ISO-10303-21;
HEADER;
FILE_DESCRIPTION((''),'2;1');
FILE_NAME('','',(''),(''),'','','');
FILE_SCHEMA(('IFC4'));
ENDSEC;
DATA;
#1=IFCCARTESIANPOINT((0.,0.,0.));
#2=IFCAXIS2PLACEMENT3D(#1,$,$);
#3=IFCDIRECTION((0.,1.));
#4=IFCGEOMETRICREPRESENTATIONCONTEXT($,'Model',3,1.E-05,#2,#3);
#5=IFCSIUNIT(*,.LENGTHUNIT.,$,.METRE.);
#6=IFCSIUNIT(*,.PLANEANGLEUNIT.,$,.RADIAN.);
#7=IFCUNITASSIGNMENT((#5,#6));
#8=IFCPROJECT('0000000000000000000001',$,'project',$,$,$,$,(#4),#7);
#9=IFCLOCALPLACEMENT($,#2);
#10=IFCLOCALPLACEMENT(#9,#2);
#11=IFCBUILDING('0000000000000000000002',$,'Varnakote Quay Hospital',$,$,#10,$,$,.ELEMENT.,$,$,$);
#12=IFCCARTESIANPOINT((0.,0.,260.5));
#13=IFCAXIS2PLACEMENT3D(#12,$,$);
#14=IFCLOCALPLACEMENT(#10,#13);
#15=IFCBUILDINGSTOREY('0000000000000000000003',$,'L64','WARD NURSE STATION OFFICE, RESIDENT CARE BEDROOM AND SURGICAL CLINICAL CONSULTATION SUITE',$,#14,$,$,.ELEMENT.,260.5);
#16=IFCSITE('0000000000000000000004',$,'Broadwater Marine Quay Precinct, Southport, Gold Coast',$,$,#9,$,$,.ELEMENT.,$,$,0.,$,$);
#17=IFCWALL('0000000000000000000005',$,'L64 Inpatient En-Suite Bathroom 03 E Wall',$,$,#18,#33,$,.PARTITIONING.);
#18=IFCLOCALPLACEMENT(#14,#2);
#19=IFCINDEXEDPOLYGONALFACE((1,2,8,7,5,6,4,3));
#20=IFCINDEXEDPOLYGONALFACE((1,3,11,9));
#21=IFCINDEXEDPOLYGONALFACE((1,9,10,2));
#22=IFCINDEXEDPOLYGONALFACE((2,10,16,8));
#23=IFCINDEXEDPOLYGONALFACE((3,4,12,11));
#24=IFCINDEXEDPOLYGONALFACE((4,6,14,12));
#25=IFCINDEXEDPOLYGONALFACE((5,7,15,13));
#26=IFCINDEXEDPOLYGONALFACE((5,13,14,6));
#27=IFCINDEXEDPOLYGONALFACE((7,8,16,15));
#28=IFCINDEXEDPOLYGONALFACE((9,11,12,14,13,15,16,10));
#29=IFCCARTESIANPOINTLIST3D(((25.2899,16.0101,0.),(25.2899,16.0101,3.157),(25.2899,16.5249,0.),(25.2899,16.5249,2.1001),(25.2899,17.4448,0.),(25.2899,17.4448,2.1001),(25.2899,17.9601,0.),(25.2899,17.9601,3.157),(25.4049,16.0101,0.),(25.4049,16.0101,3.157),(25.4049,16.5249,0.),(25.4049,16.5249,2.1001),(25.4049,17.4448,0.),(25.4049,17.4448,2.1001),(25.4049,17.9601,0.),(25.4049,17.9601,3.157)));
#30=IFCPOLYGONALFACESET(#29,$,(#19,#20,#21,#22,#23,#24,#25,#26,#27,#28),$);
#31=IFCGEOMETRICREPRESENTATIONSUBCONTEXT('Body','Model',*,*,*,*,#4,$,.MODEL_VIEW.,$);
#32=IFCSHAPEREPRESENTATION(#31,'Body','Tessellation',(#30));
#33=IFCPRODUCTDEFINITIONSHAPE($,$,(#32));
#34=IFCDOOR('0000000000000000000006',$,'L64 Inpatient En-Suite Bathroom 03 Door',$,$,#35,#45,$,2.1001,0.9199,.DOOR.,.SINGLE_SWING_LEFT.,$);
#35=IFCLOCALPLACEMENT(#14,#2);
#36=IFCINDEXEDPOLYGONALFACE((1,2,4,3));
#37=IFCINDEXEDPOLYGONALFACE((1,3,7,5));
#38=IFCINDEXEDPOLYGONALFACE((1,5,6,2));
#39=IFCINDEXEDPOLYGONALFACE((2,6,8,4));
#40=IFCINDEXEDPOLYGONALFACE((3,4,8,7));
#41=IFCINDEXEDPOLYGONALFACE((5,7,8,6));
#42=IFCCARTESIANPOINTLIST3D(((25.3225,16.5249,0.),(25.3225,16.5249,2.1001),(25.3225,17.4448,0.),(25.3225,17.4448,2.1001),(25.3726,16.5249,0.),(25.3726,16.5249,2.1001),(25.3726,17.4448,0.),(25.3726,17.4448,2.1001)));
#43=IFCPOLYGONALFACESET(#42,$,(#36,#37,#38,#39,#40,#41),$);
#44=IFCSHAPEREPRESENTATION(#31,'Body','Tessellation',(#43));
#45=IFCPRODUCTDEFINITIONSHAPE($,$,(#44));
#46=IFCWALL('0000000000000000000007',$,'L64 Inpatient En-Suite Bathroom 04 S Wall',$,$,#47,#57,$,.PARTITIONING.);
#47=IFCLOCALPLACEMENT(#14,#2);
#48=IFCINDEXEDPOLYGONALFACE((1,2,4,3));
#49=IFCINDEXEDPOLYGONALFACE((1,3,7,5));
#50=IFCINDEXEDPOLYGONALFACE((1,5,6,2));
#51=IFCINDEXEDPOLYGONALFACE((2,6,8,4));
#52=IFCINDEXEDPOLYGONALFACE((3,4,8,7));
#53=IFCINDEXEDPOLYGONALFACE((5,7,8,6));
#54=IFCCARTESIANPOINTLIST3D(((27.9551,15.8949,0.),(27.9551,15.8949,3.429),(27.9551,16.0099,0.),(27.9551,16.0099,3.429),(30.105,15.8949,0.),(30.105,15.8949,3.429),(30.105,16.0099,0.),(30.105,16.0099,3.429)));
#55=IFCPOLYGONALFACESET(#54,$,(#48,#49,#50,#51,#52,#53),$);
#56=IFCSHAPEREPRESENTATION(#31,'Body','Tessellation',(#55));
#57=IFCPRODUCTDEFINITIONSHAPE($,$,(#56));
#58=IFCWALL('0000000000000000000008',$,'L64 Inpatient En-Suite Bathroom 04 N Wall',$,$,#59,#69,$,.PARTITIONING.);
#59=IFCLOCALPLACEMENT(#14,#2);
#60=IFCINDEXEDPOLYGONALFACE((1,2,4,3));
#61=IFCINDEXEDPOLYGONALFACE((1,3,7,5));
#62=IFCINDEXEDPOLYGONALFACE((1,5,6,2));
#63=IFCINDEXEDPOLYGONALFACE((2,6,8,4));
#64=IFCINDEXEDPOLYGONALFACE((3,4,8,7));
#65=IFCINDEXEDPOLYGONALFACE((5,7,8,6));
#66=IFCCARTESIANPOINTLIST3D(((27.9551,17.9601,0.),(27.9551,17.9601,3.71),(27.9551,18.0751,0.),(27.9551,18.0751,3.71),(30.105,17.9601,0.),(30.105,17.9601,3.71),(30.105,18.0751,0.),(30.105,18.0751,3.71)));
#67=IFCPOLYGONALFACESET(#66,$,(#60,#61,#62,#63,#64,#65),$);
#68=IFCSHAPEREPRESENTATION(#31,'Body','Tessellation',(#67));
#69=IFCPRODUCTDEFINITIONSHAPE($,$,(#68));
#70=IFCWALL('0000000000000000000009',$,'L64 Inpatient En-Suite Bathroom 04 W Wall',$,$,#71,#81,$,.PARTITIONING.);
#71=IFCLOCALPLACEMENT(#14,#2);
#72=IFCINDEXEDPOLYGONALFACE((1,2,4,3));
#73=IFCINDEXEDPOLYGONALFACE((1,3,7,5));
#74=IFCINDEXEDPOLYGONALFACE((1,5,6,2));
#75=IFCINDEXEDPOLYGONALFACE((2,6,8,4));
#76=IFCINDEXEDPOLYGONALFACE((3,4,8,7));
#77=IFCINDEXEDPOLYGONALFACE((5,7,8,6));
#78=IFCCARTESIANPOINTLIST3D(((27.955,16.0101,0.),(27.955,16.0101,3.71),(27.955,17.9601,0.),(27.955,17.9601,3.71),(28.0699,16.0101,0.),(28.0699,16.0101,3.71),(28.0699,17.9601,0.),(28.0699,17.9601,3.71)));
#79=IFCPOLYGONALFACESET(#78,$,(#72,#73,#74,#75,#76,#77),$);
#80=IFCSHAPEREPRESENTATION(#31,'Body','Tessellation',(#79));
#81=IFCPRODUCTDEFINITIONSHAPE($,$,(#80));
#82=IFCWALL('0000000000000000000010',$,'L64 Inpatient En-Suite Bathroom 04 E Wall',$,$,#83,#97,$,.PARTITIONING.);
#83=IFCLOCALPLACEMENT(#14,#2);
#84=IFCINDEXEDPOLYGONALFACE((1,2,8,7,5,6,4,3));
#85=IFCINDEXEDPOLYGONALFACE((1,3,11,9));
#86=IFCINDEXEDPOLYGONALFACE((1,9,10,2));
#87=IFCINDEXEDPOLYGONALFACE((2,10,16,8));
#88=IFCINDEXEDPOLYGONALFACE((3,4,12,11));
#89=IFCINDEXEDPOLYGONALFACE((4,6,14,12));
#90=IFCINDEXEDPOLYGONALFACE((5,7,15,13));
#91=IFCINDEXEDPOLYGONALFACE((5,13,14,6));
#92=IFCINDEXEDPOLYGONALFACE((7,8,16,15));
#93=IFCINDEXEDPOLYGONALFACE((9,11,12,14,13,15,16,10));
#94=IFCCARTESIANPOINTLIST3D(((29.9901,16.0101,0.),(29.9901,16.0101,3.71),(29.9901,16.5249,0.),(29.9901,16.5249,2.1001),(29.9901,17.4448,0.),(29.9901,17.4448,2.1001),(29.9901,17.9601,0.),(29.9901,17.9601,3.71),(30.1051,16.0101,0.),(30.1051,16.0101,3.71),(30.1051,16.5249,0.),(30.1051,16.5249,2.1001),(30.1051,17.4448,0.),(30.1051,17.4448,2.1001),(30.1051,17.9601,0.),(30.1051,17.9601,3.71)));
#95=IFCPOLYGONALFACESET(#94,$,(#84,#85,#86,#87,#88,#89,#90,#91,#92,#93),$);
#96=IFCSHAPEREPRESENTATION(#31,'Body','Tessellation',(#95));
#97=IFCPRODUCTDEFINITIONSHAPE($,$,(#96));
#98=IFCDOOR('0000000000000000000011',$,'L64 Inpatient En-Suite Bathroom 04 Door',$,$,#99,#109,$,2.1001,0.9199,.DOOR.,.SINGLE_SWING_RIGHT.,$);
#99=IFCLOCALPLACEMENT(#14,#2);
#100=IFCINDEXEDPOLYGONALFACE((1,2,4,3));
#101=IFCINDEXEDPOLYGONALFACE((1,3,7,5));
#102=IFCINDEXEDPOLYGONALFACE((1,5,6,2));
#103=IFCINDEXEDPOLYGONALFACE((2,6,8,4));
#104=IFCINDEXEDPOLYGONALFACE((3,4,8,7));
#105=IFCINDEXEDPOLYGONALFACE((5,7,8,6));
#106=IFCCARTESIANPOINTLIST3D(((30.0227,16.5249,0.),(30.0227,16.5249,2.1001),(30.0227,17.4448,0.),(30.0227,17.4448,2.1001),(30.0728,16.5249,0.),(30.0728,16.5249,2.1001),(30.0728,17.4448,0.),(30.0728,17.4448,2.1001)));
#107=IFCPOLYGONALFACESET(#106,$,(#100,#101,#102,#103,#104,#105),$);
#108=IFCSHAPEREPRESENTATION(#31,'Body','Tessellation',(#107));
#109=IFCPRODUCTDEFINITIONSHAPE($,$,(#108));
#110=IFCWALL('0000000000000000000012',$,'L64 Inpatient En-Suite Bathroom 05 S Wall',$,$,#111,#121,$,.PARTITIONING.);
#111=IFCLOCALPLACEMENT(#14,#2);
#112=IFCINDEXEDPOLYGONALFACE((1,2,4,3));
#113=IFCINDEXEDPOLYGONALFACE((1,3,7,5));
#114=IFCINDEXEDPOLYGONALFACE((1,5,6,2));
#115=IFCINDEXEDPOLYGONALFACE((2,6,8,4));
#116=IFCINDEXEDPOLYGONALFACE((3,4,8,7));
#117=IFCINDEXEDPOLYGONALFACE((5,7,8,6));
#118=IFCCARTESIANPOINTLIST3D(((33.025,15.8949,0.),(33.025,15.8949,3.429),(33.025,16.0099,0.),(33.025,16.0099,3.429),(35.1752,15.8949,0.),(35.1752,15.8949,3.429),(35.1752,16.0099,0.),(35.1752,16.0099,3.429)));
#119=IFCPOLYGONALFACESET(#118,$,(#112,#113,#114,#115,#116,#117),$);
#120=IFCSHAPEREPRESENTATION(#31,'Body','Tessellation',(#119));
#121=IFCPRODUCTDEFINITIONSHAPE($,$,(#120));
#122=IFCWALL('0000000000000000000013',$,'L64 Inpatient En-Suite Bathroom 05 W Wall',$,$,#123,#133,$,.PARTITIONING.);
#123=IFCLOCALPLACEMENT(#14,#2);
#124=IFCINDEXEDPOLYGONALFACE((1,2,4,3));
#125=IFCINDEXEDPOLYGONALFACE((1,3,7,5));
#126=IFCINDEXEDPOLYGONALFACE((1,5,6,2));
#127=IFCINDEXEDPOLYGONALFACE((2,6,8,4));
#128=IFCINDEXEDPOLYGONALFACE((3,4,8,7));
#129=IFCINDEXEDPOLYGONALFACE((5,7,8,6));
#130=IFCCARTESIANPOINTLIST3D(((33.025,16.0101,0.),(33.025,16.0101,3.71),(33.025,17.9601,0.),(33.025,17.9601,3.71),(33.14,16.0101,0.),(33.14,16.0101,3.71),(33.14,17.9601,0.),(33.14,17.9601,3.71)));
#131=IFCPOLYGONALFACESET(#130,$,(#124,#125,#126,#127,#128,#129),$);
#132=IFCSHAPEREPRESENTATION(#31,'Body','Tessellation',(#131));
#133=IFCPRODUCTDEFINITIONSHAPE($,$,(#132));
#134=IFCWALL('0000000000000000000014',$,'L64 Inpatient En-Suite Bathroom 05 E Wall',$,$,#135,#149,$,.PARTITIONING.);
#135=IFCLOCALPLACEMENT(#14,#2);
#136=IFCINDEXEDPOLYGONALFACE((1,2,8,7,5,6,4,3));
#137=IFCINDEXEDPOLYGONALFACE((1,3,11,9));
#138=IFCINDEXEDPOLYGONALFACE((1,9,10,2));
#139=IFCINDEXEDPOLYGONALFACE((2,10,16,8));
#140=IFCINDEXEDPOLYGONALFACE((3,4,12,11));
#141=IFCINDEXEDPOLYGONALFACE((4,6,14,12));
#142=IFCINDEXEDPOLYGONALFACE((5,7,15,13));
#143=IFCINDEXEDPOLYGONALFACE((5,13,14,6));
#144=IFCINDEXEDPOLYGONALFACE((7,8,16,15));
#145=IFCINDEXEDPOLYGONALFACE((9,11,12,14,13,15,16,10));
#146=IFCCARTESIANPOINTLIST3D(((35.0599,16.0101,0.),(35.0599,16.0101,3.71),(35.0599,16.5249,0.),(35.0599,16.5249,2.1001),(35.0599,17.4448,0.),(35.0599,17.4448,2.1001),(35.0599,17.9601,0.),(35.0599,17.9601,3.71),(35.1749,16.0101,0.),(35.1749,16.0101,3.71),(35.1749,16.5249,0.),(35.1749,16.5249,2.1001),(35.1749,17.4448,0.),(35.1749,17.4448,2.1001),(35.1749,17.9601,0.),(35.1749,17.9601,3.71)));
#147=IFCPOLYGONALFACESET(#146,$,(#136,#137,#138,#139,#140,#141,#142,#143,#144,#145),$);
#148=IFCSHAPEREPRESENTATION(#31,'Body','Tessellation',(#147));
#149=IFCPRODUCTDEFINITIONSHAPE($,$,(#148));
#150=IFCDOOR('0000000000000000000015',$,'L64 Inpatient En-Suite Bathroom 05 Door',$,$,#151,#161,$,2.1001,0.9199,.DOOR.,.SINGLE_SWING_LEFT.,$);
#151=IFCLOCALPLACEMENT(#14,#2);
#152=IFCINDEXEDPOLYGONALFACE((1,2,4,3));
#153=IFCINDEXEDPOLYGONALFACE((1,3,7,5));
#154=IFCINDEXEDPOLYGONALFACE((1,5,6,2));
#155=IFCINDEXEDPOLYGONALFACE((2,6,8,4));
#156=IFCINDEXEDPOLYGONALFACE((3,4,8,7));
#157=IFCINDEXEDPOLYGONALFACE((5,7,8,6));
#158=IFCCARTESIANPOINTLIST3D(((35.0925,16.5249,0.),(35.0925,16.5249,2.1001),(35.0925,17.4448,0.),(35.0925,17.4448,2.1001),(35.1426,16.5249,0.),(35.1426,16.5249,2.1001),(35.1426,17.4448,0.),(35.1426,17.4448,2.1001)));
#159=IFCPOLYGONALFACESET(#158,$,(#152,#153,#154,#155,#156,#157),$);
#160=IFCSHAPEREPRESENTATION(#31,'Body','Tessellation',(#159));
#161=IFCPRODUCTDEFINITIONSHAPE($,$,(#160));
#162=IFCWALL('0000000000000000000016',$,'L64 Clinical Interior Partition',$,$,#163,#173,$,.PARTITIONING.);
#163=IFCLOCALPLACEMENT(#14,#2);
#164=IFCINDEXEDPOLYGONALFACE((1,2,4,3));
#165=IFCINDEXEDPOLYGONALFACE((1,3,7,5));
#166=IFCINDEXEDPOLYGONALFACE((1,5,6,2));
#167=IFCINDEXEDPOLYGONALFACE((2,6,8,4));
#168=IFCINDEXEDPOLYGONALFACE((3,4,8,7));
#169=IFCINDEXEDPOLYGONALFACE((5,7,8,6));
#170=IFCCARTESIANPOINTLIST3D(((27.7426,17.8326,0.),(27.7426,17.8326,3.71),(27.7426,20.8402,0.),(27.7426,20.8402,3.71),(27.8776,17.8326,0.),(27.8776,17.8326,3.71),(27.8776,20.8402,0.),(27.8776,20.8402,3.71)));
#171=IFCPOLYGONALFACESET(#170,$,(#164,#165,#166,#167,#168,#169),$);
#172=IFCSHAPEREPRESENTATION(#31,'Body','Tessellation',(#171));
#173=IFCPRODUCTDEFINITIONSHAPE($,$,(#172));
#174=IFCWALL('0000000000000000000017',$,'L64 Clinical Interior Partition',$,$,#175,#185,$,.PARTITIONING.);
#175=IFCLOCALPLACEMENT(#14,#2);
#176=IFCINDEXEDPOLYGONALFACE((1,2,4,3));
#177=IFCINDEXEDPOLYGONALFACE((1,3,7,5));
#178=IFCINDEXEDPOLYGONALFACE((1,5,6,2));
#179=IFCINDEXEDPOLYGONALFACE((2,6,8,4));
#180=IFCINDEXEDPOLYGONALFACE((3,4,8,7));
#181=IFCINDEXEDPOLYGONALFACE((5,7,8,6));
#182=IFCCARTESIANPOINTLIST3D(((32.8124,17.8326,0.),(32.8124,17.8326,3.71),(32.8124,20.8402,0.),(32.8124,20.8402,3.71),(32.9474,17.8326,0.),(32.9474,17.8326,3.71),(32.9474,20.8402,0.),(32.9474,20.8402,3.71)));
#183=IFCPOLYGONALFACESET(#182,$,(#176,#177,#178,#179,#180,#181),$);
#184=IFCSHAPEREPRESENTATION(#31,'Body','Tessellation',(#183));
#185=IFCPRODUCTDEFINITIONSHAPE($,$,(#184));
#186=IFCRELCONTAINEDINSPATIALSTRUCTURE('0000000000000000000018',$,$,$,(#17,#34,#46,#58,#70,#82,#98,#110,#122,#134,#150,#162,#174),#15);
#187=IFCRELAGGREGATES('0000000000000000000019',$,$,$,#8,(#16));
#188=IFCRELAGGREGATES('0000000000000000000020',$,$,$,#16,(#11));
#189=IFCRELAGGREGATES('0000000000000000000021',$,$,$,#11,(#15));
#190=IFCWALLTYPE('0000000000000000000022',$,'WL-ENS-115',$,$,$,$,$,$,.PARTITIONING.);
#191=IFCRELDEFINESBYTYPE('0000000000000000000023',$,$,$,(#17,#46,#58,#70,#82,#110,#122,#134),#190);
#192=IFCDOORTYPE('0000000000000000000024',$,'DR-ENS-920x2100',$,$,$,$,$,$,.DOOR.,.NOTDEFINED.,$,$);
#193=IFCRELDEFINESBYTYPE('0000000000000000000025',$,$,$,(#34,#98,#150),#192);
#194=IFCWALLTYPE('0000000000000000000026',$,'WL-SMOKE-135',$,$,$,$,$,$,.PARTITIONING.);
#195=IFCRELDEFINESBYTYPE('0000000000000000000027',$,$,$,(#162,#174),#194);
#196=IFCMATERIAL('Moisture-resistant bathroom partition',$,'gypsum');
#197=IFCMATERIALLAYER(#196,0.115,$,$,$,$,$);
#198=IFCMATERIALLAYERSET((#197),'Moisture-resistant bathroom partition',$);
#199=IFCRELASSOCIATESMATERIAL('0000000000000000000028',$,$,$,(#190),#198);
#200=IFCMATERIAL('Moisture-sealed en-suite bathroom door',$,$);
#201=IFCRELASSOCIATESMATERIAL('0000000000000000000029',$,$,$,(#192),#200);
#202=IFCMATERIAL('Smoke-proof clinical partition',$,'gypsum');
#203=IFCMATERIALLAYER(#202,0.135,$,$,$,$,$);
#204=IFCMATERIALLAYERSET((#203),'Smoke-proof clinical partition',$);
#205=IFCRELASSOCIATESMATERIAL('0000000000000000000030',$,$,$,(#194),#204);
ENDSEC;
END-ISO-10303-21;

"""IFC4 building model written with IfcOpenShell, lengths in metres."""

from ifc_helpers import new_model, si_unit, direction, frame, frame_2d, origin, place, context, subcontext, project, spatial, rectangle, extrude, material, layer, layer_set, type_object, element, fill, save


model = new_model("IFC4")

# Units and contexts
model_context = context("Model", 3, precision=1e-05, world=origin(), true_north=direction((0.0, 1.0)))
body_context = subcontext(model_context, "Body", "Model", "MODEL_VIEW")
ifc_project = project(units=[si_unit("LENGTHUNIT", "METRE"), si_unit("PLANEANGLEUNIT", "RADIAN")], contexts=[model_context])

# Site, building, storey
site_placement = place(None, origin())
site = spatial("IfcSite", under=ifc_project, at=site_placement, Name="Broadwater Marine Quay Precinct, Southport, Gold Coast", CompositionType="ELEMENT", RefElevation=0.0)
building_placement = place(site_placement, origin())
building = spatial("IfcBuilding", under=site, at=building_placement, Name="Varnakote Quay Hospital", CompositionType="ELEMENT")
storey_placement = place(building_placement, frame((0.0, 0.0, 260.5)))
storey = spatial("IfcBuildingStorey", under=building, at=storey_placement, Name="L64", Description="WARD NURSE STATION OFFICE, RESIDENT CARE BEDROOM AND SURGICAL CLINICAL CONSULTATION SUITE", CompositionType="ELEMENT", Elevation=260.5)

# Wall, opening, door
ifc_material_1 = material(Name="Moisture-resistant bathroom partition", Category="gypsum")
ifc_layer_1 = layer(ifc_material_1, 0.115)
ifc_layer_set_1 = layer_set([ifc_layer_1], Name="Moisture-resistant bathroom partition")
wall_type_1 = type_object("IfcWallType", Name="WL-ENS-115", PredefinedType="PARTITIONING", material=ifc_layer_set_1)
wall_1_placement = place(storey_placement, frame((25.3474, 16.01, 0.0), z_axis=(0.0, 0.0, 1.0), x_axis=(0.0, 1.0, 0.0)))
wall_1 = element("IfcWall", 1, at=wall_1_placement, inside=storey, type_object=wall_type_1, Name="L64 Inpatient En-Suite Bathroom 03 E Wall", PredefinedType="PARTITIONING", context=body_context, shape_type="SweptSolid", body=[
    extrude(rectangle(XDim=1.95, YDim=0.115, at=frame_2d((0.9751, 0.0))), origin(), (0.0, 0.0, 1.0), 3.157),
])
opening_1_placement = place(wall_1_placement, frame((0.5149, 0.0, 0.0)))
opening_1 = element("IfcOpeningElement", 2, at=opening_1_placement, cuts=wall_1, PredefinedType="OPENING", context=body_context, shape_type="SweptSolid", body=[
    extrude(rectangle(XDim=0.9199, YDim=2.1001, at=frame_2d((0.46, 1.05))), frame((0.0, 0.0674, 0.0), z_axis=(0.0, -1.0, 0.0), x_axis=(1.0, 0.0, 0.0)), (0.0, 0.0, 1.0), 0.135),
])
ifc_material_2 = material(Name="Moisture-sealed en-suite bathroom door")
door_type_1 = type_object("IfcDoorType", Name="DR-ENS-920x2100", OperationType="NOTDEFINED", PredefinedType="DOOR", material=ifc_material_2)
door_1_placement = place(opening_1_placement, origin())
door_1 = element("IfcDoor", 3, at=door_1_placement, inside=storey, type_object=door_type_1, Name="L64 Inpatient En-Suite Bathroom 03 Door", OperationType="SINGLE_SWING_LEFT", OverallHeight=2.1001, OverallWidth=0.9199, PredefinedType="DOOR", context=body_context, shape_type="SweptSolid", body=[
    extrude(rectangle(XDim=0.9199, YDim=2.1001, at=frame_2d((0.46, 1.05))), frame((0.0, 0.0249, 0.0), z_axis=(0.0, -1.0, 0.0), x_axis=(1.0, 0.0, 0.0)), (0.0, 0.0, 1.0), 0.05),
])
fill(opening_1, door_1)

# Walls
wall_2_placement = place(storey_placement, frame((27.9551, 15.9524, 0.0), z_axis=(0.0, 0.0, 1.0), x_axis=(1.0, 0.0, 0.0)))
element("IfcWall", 4, at=wall_2_placement, inside=storey, type_object=wall_type_1, Name="L64 Inpatient En-Suite Bathroom 04 S Wall", PredefinedType="PARTITIONING", context=body_context, shape_type="SweptSolid", body=[
    extrude(rectangle(XDim=2.1499, YDim=0.115, at=frame_2d((1.075, 0.0))), origin(), (0.0, 0.0, 1.0), 3.429),
])
wall_3_placement = place(storey_placement, frame((27.9551, 18.0176, 0.0), z_axis=(0.0, 0.0, 1.0), x_axis=(1.0, 0.0, 0.0)))
element("IfcWall", 5, at=wall_3_placement, inside=storey, type_object=wall_type_1, Name="L64 Inpatient En-Suite Bathroom 04 N Wall", PredefinedType="PARTITIONING", context=body_context, shape_type="SweptSolid", body=[
    extrude(rectangle(XDim=2.1499, YDim=0.115, at=frame_2d((1.075, 0.0))), origin(), (0.0, 0.0, 1.0), 3.71),
])
wall_4_placement = place(storey_placement, frame((28.0125, 16.01, 0.0), z_axis=(0.0, 0.0, 1.0), x_axis=(0.0, 1.0, 0.0)))
element("IfcWall", 6, at=wall_4_placement, inside=storey, type_object=wall_type_1, Name="L64 Inpatient En-Suite Bathroom 04 W Wall", PredefinedType="PARTITIONING", context=body_context, shape_type="SweptSolid", body=[
    extrude(rectangle(XDim=1.95, YDim=0.115, at=frame_2d((0.9751, 0.0))), origin(), (0.0, 0.0, 1.0), 3.71),
])

# Wall, opening, door
wall_5_placement = place(storey_placement, frame((30.0476, 16.01, 0.0), z_axis=(0.0, 0.0, 1.0), x_axis=(0.0, 1.0, 0.0)))
wall_5 = element("IfcWall", 7, at=wall_5_placement, inside=storey, type_object=wall_type_1, Name="L64 Inpatient En-Suite Bathroom 04 E Wall", PredefinedType="PARTITIONING", context=body_context, shape_type="SweptSolid", body=[
    extrude(rectangle(XDim=1.95, YDim=0.115, at=frame_2d((0.9751, 0.0))), origin(), (0.0, 0.0, 1.0), 3.71),
])
opening_2_placement = place(wall_5_placement, frame((0.5149, 0.0, 0.0)))
opening_2 = element("IfcOpeningElement", 8, at=opening_2_placement, cuts=wall_5, PredefinedType="OPENING", context=body_context, shape_type="SweptSolid", body=[
    extrude(rectangle(XDim=0.9199, YDim=2.1001, at=frame_2d((0.46, 1.05))), frame((0.0, 0.0674, 0.0), z_axis=(0.0, -1.0, 0.0), x_axis=(1.0, 0.0, 0.0)), (0.0, 0.0, 1.0), 0.135),
])
door_2_placement = place(opening_2_placement, origin())
door_2 = element("IfcDoor", 9, at=door_2_placement, inside=storey, type_object=door_type_1, Name="L64 Inpatient En-Suite Bathroom 04 Door", OperationType="SINGLE_SWING_RIGHT", OverallHeight=2.1001, OverallWidth=0.9199, PredefinedType="DOOR", context=body_context, shape_type="SweptSolid", body=[
    extrude(rectangle(XDim=0.9199, YDim=2.1001, at=frame_2d((0.46, 1.05))), frame((0.0, 0.0249, 0.0), z_axis=(0.0, -1.0, 0.0), x_axis=(1.0, 0.0, 0.0)), (0.0, 0.0, 1.0), 0.05),
])
fill(opening_2, door_2)

# Walls
wall_6_placement = place(storey_placement, frame((33.0249, 15.9524, 0.0), z_axis=(0.0, 0.0, 1.0), x_axis=(1.0, 0.0, 0.0)))
element("IfcWall", 10, at=wall_6_placement, inside=storey, type_object=wall_type_1, Name="L64 Inpatient En-Suite Bathroom 05 S Wall", PredefinedType="PARTITIONING", context=body_context, shape_type="SweptSolid", body=[
    extrude(rectangle(XDim=2.1501, YDim=0.115, at=frame_2d((1.0752, 0.0))), origin(), (0.0, 0.0, 1.0), 3.429),
])
wall_7_placement = place(storey_placement, frame((33.0825, 16.01, 0.0), z_axis=(0.0, 0.0, 1.0), x_axis=(0.0, 1.0, 0.0)))
element("IfcWall", 11, at=wall_7_placement, inside=storey, type_object=wall_type_1, Name="L64 Inpatient En-Suite Bathroom 05 W Wall", PredefinedType="PARTITIONING", context=body_context, shape_type="SweptSolid", body=[
    extrude(rectangle(XDim=1.95, YDim=0.115, at=frame_2d((0.9751, 0.0))), origin(), (0.0, 0.0, 1.0), 3.71),
])

# Wall, opening, door
wall_8_placement = place(storey_placement, frame((35.1174, 16.01, 0.0), z_axis=(0.0, 0.0, 1.0), x_axis=(0.0, 1.0, 0.0)))
wall_8 = element("IfcWall", 12, at=wall_8_placement, inside=storey, type_object=wall_type_1, Name="L64 Inpatient En-Suite Bathroom 05 E Wall", PredefinedType="PARTITIONING", context=body_context, shape_type="SweptSolid", body=[
    extrude(rectangle(XDim=1.95, YDim=0.115, at=frame_2d((0.9751, 0.0))), origin(), (0.0, 0.0, 1.0), 3.71),
])
opening_3_placement = place(wall_8_placement, frame((0.5149, 0.0, 0.0)))
opening_3 = element("IfcOpeningElement", 13, at=opening_3_placement, cuts=wall_8, PredefinedType="OPENING", context=body_context, shape_type="SweptSolid", body=[
    extrude(rectangle(XDim=0.9199, YDim=2.1001, at=frame_2d((0.46, 1.05))), frame((0.0, 0.0674, 0.0), z_axis=(0.0, -1.0, 0.0), x_axis=(1.0, 0.0, 0.0)), (0.0, 0.0, 1.0), 0.135),
])
door_3_placement = place(opening_3_placement, origin())
door_3 = element("IfcDoor", 14, at=door_3_placement, inside=storey, type_object=door_type_1, Name="L64 Inpatient En-Suite Bathroom 05 Door", OperationType="SINGLE_SWING_LEFT", OverallHeight=2.1001, OverallWidth=0.9199, PredefinedType="DOOR", context=body_context, shape_type="SweptSolid", body=[
    extrude(rectangle(XDim=0.9199, YDim=2.1001, at=frame_2d((0.46, 1.05))), frame((0.0, 0.0249, 0.0), z_axis=(0.0, -1.0, 0.0), x_axis=(1.0, 0.0, 0.0)), (0.0, 0.0, 1.0), 0.05),
])
fill(opening_3, door_3)

# Walls
ifc_material_3 = material(Name="Smoke-proof clinical partition", Category="gypsum")
ifc_layer_2 = layer(ifc_material_3, 0.135)
ifc_layer_set_2 = layer_set([ifc_layer_2], Name="Smoke-proof clinical partition")
wall_type_2 = type_object("IfcWallType", Name="WL-SMOKE-135", PredefinedType="PARTITIONING", material=ifc_layer_set_2)
for number, where, z_axis, x_axis, name in (
    (15, (27.8101, 17.8325, 0.0), (0.0, 0.0, 1.0), (0.0, 1.0, 0.0), "L64 Clinical Interior Partition"),
    (16, (32.8799, 17.8325, 0.0), (0.0, 0.0, 1.0), (0.0, 1.0, 0.0), "L64 Clinical Interior Partition"),
):
    element("IfcWall", number, at=place(storey_placement, frame(where, z_axis=z_axis, x_axis=x_axis)), inside=storey, type_object=wall_type_2, Name=name, PredefinedType="PARTITIONING", context=body_context, shape_type="SweptSolid", body=[
        extrude(rectangle(XDim=3.0076, YDim=0.135, at=frame_2d((1.5039, 0.0))), origin(), (0.0, 0.0, 1.0), 3.71),
    ])

save(model, "model.ifc")
